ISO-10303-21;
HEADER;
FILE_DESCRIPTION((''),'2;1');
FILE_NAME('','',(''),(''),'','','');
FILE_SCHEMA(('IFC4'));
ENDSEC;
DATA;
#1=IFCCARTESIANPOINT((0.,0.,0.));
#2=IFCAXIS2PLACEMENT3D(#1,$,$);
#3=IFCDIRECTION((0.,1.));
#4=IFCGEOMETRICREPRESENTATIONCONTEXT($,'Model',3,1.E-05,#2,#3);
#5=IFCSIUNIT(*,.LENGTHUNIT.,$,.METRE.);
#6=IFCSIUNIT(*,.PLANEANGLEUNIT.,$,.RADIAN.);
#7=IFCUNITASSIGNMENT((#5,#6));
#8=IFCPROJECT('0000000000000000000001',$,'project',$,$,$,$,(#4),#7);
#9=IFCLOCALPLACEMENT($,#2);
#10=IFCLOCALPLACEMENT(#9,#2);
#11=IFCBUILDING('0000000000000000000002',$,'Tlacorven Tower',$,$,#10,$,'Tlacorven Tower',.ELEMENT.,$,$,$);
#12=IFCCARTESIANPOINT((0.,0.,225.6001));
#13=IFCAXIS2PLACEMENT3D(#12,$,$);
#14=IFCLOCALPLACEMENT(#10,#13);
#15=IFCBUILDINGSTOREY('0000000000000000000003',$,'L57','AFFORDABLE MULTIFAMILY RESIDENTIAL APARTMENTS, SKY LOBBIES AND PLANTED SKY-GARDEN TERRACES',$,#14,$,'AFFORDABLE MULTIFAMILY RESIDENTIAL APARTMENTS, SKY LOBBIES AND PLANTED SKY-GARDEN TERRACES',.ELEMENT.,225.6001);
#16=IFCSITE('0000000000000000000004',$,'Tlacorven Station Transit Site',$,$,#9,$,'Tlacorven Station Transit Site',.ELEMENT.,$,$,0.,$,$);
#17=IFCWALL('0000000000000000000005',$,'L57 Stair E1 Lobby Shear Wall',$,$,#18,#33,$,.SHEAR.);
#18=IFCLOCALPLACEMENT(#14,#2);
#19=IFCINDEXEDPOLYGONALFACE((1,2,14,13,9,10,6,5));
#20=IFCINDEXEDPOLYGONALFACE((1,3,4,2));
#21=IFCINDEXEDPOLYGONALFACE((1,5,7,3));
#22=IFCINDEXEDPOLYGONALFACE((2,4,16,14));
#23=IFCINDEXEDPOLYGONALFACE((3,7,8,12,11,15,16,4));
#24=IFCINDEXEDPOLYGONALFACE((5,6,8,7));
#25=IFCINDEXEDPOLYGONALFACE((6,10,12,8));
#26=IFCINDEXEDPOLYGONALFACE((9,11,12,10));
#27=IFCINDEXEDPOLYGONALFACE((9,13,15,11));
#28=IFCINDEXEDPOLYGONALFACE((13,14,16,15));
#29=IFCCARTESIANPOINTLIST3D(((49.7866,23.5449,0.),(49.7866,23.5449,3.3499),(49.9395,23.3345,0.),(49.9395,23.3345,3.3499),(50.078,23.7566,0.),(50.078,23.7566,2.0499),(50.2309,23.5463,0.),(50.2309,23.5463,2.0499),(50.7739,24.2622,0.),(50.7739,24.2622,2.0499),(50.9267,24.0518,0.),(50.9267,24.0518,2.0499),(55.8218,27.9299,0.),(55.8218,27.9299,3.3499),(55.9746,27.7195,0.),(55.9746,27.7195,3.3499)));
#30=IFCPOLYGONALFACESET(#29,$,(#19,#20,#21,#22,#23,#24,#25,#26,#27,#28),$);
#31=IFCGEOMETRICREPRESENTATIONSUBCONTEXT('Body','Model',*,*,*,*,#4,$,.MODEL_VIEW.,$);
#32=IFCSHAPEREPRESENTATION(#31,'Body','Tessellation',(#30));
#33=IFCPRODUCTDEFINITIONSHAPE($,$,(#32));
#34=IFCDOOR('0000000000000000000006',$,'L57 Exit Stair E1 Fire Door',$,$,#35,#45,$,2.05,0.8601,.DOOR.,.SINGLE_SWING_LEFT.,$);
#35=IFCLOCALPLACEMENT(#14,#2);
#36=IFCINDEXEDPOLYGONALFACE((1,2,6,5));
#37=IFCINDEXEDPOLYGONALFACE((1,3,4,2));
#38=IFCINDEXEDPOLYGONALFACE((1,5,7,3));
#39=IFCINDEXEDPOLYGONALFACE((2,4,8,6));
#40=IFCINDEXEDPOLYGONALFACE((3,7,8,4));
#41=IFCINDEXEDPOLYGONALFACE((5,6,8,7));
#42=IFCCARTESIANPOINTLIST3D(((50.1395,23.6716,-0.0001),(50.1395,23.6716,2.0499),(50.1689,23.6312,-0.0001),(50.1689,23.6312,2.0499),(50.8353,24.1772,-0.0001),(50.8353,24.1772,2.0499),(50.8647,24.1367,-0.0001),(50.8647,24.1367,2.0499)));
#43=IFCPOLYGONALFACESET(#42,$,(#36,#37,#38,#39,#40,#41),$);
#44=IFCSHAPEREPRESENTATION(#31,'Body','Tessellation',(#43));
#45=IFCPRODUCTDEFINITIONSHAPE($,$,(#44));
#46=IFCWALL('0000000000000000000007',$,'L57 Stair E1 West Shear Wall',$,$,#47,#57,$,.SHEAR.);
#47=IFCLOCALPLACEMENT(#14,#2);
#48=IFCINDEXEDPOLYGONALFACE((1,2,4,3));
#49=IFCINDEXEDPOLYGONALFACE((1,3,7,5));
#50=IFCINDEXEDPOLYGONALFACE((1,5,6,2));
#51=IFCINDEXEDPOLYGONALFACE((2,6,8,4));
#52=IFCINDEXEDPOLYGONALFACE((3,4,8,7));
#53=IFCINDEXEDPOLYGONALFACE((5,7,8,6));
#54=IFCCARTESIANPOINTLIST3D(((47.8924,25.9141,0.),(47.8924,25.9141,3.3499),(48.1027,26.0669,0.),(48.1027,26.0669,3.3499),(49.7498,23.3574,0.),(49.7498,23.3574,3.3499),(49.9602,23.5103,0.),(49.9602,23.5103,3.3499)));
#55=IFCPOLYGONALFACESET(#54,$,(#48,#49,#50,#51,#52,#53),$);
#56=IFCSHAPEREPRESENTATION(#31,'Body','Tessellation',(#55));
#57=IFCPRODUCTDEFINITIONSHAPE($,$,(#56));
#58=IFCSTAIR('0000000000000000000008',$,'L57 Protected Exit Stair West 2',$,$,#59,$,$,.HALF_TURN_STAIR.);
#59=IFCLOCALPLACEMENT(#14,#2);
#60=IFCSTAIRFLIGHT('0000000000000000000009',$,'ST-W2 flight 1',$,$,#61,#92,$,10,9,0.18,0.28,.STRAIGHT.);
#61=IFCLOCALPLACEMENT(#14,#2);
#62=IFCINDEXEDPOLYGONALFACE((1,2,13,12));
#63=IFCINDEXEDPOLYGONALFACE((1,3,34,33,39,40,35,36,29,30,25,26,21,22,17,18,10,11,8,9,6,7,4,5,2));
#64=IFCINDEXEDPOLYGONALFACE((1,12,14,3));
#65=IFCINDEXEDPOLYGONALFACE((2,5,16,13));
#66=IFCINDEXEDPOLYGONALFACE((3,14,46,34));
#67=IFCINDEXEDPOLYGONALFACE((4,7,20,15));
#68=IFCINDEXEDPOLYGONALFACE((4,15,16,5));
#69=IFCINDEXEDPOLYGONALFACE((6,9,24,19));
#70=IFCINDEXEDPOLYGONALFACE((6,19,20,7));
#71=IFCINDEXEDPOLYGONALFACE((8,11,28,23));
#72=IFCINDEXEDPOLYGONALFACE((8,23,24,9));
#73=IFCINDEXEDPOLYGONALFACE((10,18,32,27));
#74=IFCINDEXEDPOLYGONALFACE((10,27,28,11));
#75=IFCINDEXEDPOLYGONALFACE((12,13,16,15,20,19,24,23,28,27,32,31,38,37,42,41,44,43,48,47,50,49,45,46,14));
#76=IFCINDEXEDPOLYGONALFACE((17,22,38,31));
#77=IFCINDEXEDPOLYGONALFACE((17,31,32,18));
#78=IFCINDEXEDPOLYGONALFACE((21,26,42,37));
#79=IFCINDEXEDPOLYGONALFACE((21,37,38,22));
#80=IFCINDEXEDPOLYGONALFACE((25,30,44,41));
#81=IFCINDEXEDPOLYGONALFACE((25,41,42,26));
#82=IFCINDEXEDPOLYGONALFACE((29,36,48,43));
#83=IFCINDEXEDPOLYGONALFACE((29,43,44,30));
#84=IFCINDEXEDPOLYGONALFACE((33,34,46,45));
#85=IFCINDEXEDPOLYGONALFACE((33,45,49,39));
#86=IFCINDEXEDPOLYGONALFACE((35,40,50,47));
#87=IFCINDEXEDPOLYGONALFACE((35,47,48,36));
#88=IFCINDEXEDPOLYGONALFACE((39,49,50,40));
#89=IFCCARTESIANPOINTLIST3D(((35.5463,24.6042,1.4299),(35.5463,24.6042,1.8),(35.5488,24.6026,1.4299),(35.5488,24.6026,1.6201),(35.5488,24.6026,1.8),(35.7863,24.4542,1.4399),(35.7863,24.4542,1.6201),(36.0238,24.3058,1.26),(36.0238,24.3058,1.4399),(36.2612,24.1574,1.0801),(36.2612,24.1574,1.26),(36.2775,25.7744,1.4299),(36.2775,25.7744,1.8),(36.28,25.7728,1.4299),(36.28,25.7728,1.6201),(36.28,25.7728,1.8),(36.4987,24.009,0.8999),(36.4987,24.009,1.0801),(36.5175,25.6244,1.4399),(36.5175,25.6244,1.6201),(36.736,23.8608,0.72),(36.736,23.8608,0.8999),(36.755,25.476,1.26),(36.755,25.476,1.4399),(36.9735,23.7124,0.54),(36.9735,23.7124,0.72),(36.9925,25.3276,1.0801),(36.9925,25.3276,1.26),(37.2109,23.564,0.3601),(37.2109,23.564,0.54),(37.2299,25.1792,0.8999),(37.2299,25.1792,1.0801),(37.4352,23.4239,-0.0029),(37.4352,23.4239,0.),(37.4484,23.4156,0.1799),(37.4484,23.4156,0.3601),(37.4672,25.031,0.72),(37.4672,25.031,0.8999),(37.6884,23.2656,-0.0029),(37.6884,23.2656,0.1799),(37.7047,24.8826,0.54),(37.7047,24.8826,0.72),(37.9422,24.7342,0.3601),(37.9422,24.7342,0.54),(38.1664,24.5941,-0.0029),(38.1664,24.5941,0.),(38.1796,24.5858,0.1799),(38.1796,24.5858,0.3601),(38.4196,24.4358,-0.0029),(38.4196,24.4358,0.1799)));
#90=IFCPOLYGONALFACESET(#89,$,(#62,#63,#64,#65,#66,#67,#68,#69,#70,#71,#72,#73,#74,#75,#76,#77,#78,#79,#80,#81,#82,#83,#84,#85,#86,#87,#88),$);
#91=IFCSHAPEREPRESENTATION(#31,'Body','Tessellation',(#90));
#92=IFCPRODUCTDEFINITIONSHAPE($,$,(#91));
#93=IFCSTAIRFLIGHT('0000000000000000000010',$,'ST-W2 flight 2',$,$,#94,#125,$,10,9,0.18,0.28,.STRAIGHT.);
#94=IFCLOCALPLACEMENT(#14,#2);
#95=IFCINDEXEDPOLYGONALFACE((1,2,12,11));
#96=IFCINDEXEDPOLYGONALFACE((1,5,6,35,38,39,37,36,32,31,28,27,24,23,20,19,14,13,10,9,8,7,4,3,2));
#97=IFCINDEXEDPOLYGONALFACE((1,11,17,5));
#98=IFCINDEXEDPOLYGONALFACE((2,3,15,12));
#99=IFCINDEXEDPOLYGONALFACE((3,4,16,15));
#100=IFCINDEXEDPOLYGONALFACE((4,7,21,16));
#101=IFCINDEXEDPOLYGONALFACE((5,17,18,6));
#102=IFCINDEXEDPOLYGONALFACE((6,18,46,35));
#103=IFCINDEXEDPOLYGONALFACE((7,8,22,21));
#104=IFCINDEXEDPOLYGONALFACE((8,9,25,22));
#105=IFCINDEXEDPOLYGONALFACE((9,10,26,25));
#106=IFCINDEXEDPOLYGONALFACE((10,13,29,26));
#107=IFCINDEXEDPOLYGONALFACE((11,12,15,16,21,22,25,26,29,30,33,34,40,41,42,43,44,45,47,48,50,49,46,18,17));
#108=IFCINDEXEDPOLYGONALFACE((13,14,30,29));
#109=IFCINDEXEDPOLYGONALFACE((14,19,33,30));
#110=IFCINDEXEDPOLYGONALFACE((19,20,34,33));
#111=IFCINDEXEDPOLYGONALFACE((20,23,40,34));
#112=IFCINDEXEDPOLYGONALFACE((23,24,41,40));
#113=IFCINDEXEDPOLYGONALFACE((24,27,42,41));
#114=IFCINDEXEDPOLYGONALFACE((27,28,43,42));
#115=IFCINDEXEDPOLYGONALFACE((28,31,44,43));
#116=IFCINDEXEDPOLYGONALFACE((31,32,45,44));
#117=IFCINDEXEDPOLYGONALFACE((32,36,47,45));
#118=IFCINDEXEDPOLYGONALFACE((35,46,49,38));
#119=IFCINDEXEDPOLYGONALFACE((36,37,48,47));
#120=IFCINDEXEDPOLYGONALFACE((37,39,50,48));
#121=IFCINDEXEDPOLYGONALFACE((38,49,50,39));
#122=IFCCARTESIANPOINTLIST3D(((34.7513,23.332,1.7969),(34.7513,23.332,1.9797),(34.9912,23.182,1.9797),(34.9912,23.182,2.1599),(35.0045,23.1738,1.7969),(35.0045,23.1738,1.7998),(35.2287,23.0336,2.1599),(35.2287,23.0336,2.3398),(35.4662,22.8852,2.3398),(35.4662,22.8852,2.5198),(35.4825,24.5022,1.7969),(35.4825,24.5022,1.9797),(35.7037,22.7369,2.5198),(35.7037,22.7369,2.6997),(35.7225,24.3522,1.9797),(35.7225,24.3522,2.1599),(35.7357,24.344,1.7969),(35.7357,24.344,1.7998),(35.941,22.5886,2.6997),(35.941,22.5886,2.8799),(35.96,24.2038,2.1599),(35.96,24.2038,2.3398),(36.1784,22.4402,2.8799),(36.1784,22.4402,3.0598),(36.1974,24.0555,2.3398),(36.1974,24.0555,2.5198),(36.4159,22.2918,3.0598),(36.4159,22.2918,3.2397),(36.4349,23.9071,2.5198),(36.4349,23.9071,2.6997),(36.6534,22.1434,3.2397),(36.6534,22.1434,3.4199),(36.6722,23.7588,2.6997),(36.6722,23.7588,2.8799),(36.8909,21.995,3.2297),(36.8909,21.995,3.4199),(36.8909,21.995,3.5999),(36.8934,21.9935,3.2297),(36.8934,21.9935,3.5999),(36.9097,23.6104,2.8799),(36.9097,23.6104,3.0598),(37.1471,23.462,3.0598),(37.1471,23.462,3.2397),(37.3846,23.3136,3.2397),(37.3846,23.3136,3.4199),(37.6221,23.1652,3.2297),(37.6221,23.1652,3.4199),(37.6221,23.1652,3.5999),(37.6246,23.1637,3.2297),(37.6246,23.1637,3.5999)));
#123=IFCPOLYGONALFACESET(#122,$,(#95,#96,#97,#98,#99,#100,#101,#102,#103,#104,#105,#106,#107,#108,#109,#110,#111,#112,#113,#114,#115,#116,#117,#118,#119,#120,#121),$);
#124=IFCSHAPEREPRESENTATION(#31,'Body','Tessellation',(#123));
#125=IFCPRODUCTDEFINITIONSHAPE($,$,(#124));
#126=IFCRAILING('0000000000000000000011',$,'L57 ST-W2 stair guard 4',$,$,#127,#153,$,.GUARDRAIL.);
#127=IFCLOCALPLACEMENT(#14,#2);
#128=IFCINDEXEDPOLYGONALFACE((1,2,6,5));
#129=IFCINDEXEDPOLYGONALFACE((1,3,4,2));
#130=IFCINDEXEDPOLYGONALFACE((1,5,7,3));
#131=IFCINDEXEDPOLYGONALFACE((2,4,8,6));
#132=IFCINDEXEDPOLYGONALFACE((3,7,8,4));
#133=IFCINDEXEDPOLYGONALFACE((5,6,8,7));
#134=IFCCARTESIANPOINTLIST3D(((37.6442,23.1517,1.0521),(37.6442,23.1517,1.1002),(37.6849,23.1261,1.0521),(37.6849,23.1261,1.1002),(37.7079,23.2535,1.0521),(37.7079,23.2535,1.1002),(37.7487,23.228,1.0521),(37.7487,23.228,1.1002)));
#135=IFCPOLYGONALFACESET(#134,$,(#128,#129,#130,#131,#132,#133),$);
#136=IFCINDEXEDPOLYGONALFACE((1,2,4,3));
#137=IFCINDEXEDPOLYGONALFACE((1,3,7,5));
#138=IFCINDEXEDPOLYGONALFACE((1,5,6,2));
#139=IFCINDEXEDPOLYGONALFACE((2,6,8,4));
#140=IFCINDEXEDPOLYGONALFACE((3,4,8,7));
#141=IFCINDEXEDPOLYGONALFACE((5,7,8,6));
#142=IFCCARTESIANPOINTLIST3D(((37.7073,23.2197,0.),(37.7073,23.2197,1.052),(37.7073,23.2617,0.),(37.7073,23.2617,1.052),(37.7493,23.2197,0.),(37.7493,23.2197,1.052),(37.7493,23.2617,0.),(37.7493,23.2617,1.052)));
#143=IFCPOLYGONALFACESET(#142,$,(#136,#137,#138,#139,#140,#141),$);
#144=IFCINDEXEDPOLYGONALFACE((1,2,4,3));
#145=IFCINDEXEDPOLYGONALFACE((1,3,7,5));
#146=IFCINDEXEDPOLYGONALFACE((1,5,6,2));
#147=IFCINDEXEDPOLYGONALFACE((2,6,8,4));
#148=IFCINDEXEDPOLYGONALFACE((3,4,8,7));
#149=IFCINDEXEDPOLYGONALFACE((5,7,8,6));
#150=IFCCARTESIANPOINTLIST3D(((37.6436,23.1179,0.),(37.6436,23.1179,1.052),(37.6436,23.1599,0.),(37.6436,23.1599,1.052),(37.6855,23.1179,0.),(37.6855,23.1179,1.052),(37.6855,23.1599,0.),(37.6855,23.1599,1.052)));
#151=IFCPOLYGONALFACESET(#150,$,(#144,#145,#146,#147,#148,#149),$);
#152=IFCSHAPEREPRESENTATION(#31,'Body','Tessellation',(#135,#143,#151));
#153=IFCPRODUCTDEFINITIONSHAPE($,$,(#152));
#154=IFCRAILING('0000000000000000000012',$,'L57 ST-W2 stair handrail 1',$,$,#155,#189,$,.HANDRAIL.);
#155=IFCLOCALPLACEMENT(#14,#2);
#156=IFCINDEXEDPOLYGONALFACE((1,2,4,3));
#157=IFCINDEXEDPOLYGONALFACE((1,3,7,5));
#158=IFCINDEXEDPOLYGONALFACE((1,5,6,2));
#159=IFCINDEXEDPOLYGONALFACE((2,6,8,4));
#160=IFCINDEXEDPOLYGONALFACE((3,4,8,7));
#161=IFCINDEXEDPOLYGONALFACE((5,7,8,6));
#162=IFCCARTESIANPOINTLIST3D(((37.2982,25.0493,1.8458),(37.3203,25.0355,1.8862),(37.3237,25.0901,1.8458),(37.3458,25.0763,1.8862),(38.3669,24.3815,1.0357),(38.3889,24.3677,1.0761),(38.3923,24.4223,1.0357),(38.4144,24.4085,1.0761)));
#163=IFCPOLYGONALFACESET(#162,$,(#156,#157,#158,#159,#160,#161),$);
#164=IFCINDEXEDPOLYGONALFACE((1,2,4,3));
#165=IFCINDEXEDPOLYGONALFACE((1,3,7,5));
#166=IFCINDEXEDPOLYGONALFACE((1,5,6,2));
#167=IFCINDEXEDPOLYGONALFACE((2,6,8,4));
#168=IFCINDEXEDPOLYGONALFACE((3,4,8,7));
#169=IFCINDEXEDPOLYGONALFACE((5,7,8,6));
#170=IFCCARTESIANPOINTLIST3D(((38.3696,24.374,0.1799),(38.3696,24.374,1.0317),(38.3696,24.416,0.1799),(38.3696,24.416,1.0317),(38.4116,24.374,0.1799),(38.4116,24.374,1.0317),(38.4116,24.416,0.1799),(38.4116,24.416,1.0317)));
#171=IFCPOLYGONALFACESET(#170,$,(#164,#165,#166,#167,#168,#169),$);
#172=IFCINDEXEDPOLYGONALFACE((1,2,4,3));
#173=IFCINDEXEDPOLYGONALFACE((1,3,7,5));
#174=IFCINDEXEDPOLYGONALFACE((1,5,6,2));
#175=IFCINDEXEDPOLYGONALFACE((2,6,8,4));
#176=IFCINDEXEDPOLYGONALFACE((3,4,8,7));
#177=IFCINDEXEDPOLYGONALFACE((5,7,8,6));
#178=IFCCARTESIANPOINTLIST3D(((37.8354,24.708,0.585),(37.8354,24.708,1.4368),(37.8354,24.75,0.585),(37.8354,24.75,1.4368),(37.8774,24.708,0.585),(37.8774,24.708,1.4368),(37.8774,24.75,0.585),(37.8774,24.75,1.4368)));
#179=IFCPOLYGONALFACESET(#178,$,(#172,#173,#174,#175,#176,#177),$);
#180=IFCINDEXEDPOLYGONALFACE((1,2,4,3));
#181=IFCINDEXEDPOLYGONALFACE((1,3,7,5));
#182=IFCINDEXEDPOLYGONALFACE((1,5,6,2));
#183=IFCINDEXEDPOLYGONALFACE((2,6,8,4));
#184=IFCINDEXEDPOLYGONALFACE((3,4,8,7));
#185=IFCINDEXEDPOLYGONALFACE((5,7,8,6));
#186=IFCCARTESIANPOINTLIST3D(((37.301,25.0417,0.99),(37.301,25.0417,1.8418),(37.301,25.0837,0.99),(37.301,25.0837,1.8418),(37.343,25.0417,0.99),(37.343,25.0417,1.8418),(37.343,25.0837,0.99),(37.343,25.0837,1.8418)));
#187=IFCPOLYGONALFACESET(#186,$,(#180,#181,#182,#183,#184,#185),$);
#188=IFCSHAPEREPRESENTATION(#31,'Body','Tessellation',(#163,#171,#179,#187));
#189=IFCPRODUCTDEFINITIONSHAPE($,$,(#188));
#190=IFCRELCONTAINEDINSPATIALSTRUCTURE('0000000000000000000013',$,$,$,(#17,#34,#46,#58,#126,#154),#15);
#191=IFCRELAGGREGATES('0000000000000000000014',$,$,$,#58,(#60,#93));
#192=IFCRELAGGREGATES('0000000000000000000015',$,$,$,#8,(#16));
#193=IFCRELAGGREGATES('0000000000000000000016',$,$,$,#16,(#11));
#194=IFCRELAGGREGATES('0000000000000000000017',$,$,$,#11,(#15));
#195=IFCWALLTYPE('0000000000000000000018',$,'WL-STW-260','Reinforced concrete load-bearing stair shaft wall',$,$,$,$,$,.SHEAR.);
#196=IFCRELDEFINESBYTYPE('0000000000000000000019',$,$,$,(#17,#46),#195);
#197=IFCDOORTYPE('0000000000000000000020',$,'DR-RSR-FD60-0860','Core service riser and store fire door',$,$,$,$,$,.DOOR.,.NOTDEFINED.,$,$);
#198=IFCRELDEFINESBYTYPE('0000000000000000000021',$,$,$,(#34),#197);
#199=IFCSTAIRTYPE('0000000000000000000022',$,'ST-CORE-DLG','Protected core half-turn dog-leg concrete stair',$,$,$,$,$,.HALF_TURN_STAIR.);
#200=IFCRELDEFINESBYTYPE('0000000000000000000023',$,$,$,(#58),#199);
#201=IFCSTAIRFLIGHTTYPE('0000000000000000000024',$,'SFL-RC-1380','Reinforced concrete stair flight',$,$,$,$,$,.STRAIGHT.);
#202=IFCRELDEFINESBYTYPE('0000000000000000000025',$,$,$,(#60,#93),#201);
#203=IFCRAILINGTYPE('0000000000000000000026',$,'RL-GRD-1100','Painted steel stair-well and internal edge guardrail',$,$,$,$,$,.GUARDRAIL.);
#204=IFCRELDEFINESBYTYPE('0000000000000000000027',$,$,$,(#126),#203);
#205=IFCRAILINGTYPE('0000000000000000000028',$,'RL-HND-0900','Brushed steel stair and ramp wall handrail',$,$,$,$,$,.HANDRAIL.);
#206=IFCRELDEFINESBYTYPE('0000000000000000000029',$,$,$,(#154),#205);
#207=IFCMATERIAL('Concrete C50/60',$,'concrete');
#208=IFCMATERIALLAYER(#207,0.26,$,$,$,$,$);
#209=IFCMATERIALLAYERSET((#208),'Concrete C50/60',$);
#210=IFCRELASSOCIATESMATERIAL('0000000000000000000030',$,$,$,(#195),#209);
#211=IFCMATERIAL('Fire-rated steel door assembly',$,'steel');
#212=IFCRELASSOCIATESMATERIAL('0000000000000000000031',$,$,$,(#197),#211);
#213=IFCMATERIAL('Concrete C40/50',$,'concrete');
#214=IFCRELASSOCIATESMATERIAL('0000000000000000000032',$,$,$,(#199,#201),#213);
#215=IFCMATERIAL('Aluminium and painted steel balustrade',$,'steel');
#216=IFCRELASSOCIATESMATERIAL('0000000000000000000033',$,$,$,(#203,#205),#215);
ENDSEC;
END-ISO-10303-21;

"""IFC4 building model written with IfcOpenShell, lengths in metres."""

from ifc_helpers import new_model, si_unit, direction, frame, frame_2d, origin, origin_2d, place, context, subcontext, project, spatial, polyline, rectangle, outline, extrude, source, transform, mapped, material, layer, layer_set, type_object, element, fill, aggregate, save


model = new_model("IFC4")

# Units and contexts
model_context = context("Model", 3, precision=1e-05, world=origin(), true_north=direction((0.0, 1.0)))
body_context = subcontext(model_context, "Body", "Model", "MODEL_VIEW")
ifc_project = project(units=[si_unit("LENGTHUNIT", "METRE"), si_unit("PLANEANGLEUNIT", "RADIAN")], contexts=[model_context])

# Site, building, storey
site_placement = place(None, origin())
site = spatial("IfcSite", under=ifc_project, at=site_placement, Name="Tlacorven Station Transit Site", LongName="Tlacorven Station Transit Site", CompositionType="ELEMENT", RefElevation=0.0)
building_placement = place(site_placement, origin())
building = spatial("IfcBuilding", under=site, at=building_placement, Name="Tlacorven Tower", LongName="Tlacorven Tower", CompositionType="ELEMENT")
storey_placement = place(building_placement, frame((0.0, 0.0, 225.6001)))
storey = spatial("IfcBuildingStorey", under=building, at=storey_placement, Name="L57", Description="AFFORDABLE MULTIFAMILY RESIDENTIAL APARTMENTS, SKY LOBBIES AND PLANTED SKY-GARDEN TERRACES", LongName="AFFORDABLE MULTIFAMILY RESIDENTIAL APARTMENTS, SKY LOBBIES AND PLANTED SKY-GARDEN TERRACES", CompositionType="ELEMENT", Elevation=225.6001)

# Shared definitions
ifc_material_1 = material(Name="Concrete C50/60", Category="concrete")
ifc_material_2 = material(Name="Concrete C40/50", Category="concrete")
ifc_layer_1 = layer(ifc_material_1, 0.26)
ifc_layer_set_1 = layer_set([ifc_layer_1], Name="Concrete C50/60")
wall_type_1 = type_object("IfcWallType", Name="WL-STW-260", Description="Reinforced concrete load-bearing stair shaft wall", PredefinedType="SHEAR", material=ifc_layer_set_1)

# Wall, opening, door
wall_1_placement = place(storey_placement, frame((49.863, 23.4397, 0.0), z_axis=(0.0, 0.0, 1.0), x_axis=(0.809003, 0.587804, 0.0)))
wall_1 = element("IfcWall", 1, at=wall_1_placement, inside=storey, type_object=wall_type_1, Name="L57 Stair E1 Lobby Shear Wall", PredefinedType="SHEAR", context=body_context, shape_type="SweptSolid", body=[
    extrude(rectangle(XDim=7.46, YDim=0.26, at=frame_2d((3.73, 0.0))), origin(), (0.0, 0.0, 1.0), 3.3499),
])
opening_placement = place(wall_1_placement, frame((0.3601, 0.0, 0.0)))
opening = element("IfcOpeningElement", 2, at=opening_placement, cuts=wall_1, PredefinedType="OPENING", context=body_context, shape_type="SweptSolid", body=[
    extrude(rectangle(XDim=0.8601, YDim=2.05, at=frame_2d((0.4302, 1.0249))), frame((0.0, 0.1401, 0.0), z_axis=(0.0, -1.0, 0.0), x_axis=(1.0, 0.0, 0.0)), (0.0, 0.0, 1.0), 0.28),
])
ifc_material_3 = material(Name="Fire-rated steel door assembly", Category="steel")
door_type = type_object("IfcDoorType", Name="DR-RSR-FD60-0860", Description="Core service riser and store fire door", OperationType="NOTDEFINED", PredefinedType="DOOR", material=ifc_material_3)
shared_shape_1 = source(origin(), body_context, "Body", "SweptSolid", [
    extrude(rectangle(XDim=0.8601, YDim=2.05, at=frame_2d((0.4302, 1.0249))), frame((0.0, 0.0249, 0.0), z_axis=(0.0, -1.0, 0.0), x_axis=(1.0, 0.0, 0.0)), (0.0, 0.0, 1.0), 0.05),
])
door_placement = place(opening_placement, frame((0.8601, 0.0, 0.0), z_axis=(0.0, 0.0, 1.0), x_axis=(-1.0, 0.0, 0.0)))
door = element("IfcDoor", 3, at=door_placement, inside=storey, type_object=door_type, Name="L57 Exit Stair E1 Fire Door", OperationType="SINGLE_SWING_LEFT", OverallHeight=2.05, OverallWidth=0.8601, PredefinedType="DOOR", context=body_context, shape_type="MappedRepresentation", body=[
    mapped(shared_shape_1, transform((0.0, 0.0, 0.0), scale=1.0)),
])
fill(opening, door)

# Wall
wall_2_placement = place(storey_placement, frame((49.855, 23.4338, 0.0), z_axis=(0.0, 0.0, 1.0), x_axis=(-0.587767, 0.80903, 0.0)))
element("IfcWall", 4, at=wall_2_placement, inside=storey, type_object=wall_type_1, Name="L57 Stair E1 West Shear Wall", PredefinedType="SHEAR", context=body_context, shape_type="SweptSolid", body=[
    extrude(rectangle(XDim=3.1602, YDim=0.26, at=frame_2d((1.5801, 0.0))), origin(), (0.0, 0.0, 1.0), 3.3499),
])

# Stair, stair flights
stair_type = type_object("IfcStairType", Name="ST-CORE-DLG", Description="Protected core half-turn dog-leg concrete stair", PredefinedType="HALF_TURN_STAIR", material=ifc_material_2)
stair_placement = place(storey_placement, origin())
stair = element("IfcStair", 5, at=stair_placement, inside=storey, type_object=stair_type, Name="L57 Protected Exit Stair West 2", PredefinedType="HALF_TURN_STAIR")
stair_flight_type = type_object("IfcStairFlightType", Name="SFL-RC-1380", Description="Reinforced concrete stair flight", PredefinedType="STRAIGHT", material=ifc_material_2)
shared_shape_2 = source(origin(), body_context, "Body", "SweptSolid", [
    extrude(outline(polyline([(-0.0029, -0.0029), (-0.0029, 0.1799), (0.28, 0.1799), (0.28, 0.3601), (0.5601, 0.3601), (0.5601, 0.54), (0.8401, 0.54), (0.8401, 0.72), (1.1201, 0.72), (1.1201, 0.8999), (1.3999, 0.8999), (1.3999, 1.0801), (1.6799, 1.0801), (1.6799, 1.26), (1.96, 1.26), (1.96, 1.4399), (2.24, 1.4399), (2.24, 1.6201), (2.52, 1.6201), (2.52, 1.8), (2.5229, 1.8), (2.5229, 1.4299), (2.52, 1.4299), (0.2957, 0.0), (0.2957, -0.0029), (-0.0029, -0.0029)])), frame((0.0, 0.6899, 0.0), z_axis=(0.0, -1.0, 0.0), x_axis=(1.0, 0.0, 0.0)), (0.0, 0.0, 1.0), 1.3799),
])
stair_flight_1_placement = place(storey_placement, frame((38.0515, 23.8523, 0.0), z_axis=(0.0, 0.0, 1.0), x_axis=(-0.848048, 0.529919, 0.0)))
stair_flight_1 = element("IfcStairFlight", 6, at=stair_flight_1_placement, type_object=stair_flight_type, Name="ST-W2 flight 1", NumberOfRisers=10, NumberOfTreads=9, PredefinedType="STRAIGHT", RiserHeight=0.18, TreadLength=0.28, context=body_context, shape_type="MappedRepresentation", body=[
    mapped(shared_shape_2, transform((0.0, 0.0, 0.0), scale=1.0)),
])
stair_flight_2_placement = place(storey_placement, frame((35.1194, 23.9155, 1.7998), z_axis=(0.0, 0.0, 1.0), x_axis=(0.848048, -0.529919, 0.0)))
stair_flight_2 = element("IfcStairFlight", 7, at=stair_flight_2_placement, type_object=stair_flight_type, Name="ST-W2 flight 2", NumberOfRisers=10, NumberOfTreads=9, PredefinedType="STRAIGHT", RiserHeight=0.18, TreadLength=0.28, context=body_context, shape_type="MappedRepresentation", body=[
    mapped(shared_shape_2, transform((0.0, 0.0, 0.0), scale=1.0)),
])
aggregate(stair, [stair_flight_1, stair_flight_2])

# Railings
ifc_material_4 = material(Name="Aluminium and painted steel balustrade", Category="steel")
railing_type_1 = type_object("IfcRailingType", Name="RL-GRD-1100", Description="Painted steel stair-well and internal edge guardrail", PredefinedType="GUARDRAIL", material=ifc_material_4)
shared_shape_3 = source(origin(), body_context, "Body", "SweptSolid", [
    extrude(rectangle(XDim=0.0481, YDim=0.0481, at=origin_2d()), frame((0.0, 0.0, 1.0762), z_axis=(-0.530547, -0.847656, 0.0), x_axis=(0.847656, -0.530547, 0.0)), (0.0, 0.0, 1.0), 0.1201),
    extrude(rectangle(XDim=0.042, YDim=0.042, at=origin_2d()), origin(), (0.0, 0.0, 1.0), 1.052),
    extrude(rectangle(XDim=0.042, YDim=0.042, at=origin_2d()), frame((-0.0637, -0.1018, 0.0)), (0.0, 0.0, 1.0), 1.052),
])
railing_1_placement = place(storey_placement, frame((37.7283, 23.2407, 0.0)))
element("IfcRailing", 8, at=railing_1_placement, inside=storey, type_object=railing_type_1, Name="L57 ST-W2 stair guard 4", PredefinedType="GUARDRAIL", context=body_context, shape_type="MappedRepresentation", body=[
    mapped(shared_shape_3, transform((0.0, 0.0, 0.0), scale=1.0)),
])
railing_type_2 = type_object("IfcRailingType", Name="RL-HND-0900", Description="Brushed steel stair and ramp wall handrail", PredefinedType="HANDRAIL", material=ifc_material_4)
shared_shape_4 = source(origin(), body_context, "Body", "SweptSolid", [
    extrude(rectangle(XDim=0.0481, YDim=0.0481, at=origin_2d()), frame((0.0, 0.0, 0.876), z_axis=(-0.71336, 0.445748, 0.540765), x_axis=(-0.529912, -0.848053, 0.0)), (0.0, 0.0, 1.0), 1.498),
    extrude(rectangle(XDim=0.042, YDim=0.042, at=origin_2d()), origin(), (0.0, 0.0, 1.0), 0.8518),
    extrude(rectangle(XDim=0.042, YDim=0.042, at=origin_2d()), frame((-0.5342, 0.334, 0.405)), (0.0, 0.0, 1.0), 0.8518),
    extrude(rectangle(XDim=0.042, YDim=0.042, at=origin_2d()), frame((-1.0686, 0.6677, 0.8101)), (0.0, 0.0, 1.0), 0.8518),
])
railing_2_placement = place(storey_placement, frame((38.3906, 24.395, 0.1799)))
element("IfcRailing", 9, at=railing_2_placement, inside=storey, type_object=railing_type_2, Name="L57 ST-W2 stair handrail 1", PredefinedType="HANDRAIL", context=body_context, shape_type="MappedRepresentation", body=[
    mapped(shared_shape_4, transform((0.0, 0.0, 0.0), scale=1.0)),
])

save(model, "model.ifc")
